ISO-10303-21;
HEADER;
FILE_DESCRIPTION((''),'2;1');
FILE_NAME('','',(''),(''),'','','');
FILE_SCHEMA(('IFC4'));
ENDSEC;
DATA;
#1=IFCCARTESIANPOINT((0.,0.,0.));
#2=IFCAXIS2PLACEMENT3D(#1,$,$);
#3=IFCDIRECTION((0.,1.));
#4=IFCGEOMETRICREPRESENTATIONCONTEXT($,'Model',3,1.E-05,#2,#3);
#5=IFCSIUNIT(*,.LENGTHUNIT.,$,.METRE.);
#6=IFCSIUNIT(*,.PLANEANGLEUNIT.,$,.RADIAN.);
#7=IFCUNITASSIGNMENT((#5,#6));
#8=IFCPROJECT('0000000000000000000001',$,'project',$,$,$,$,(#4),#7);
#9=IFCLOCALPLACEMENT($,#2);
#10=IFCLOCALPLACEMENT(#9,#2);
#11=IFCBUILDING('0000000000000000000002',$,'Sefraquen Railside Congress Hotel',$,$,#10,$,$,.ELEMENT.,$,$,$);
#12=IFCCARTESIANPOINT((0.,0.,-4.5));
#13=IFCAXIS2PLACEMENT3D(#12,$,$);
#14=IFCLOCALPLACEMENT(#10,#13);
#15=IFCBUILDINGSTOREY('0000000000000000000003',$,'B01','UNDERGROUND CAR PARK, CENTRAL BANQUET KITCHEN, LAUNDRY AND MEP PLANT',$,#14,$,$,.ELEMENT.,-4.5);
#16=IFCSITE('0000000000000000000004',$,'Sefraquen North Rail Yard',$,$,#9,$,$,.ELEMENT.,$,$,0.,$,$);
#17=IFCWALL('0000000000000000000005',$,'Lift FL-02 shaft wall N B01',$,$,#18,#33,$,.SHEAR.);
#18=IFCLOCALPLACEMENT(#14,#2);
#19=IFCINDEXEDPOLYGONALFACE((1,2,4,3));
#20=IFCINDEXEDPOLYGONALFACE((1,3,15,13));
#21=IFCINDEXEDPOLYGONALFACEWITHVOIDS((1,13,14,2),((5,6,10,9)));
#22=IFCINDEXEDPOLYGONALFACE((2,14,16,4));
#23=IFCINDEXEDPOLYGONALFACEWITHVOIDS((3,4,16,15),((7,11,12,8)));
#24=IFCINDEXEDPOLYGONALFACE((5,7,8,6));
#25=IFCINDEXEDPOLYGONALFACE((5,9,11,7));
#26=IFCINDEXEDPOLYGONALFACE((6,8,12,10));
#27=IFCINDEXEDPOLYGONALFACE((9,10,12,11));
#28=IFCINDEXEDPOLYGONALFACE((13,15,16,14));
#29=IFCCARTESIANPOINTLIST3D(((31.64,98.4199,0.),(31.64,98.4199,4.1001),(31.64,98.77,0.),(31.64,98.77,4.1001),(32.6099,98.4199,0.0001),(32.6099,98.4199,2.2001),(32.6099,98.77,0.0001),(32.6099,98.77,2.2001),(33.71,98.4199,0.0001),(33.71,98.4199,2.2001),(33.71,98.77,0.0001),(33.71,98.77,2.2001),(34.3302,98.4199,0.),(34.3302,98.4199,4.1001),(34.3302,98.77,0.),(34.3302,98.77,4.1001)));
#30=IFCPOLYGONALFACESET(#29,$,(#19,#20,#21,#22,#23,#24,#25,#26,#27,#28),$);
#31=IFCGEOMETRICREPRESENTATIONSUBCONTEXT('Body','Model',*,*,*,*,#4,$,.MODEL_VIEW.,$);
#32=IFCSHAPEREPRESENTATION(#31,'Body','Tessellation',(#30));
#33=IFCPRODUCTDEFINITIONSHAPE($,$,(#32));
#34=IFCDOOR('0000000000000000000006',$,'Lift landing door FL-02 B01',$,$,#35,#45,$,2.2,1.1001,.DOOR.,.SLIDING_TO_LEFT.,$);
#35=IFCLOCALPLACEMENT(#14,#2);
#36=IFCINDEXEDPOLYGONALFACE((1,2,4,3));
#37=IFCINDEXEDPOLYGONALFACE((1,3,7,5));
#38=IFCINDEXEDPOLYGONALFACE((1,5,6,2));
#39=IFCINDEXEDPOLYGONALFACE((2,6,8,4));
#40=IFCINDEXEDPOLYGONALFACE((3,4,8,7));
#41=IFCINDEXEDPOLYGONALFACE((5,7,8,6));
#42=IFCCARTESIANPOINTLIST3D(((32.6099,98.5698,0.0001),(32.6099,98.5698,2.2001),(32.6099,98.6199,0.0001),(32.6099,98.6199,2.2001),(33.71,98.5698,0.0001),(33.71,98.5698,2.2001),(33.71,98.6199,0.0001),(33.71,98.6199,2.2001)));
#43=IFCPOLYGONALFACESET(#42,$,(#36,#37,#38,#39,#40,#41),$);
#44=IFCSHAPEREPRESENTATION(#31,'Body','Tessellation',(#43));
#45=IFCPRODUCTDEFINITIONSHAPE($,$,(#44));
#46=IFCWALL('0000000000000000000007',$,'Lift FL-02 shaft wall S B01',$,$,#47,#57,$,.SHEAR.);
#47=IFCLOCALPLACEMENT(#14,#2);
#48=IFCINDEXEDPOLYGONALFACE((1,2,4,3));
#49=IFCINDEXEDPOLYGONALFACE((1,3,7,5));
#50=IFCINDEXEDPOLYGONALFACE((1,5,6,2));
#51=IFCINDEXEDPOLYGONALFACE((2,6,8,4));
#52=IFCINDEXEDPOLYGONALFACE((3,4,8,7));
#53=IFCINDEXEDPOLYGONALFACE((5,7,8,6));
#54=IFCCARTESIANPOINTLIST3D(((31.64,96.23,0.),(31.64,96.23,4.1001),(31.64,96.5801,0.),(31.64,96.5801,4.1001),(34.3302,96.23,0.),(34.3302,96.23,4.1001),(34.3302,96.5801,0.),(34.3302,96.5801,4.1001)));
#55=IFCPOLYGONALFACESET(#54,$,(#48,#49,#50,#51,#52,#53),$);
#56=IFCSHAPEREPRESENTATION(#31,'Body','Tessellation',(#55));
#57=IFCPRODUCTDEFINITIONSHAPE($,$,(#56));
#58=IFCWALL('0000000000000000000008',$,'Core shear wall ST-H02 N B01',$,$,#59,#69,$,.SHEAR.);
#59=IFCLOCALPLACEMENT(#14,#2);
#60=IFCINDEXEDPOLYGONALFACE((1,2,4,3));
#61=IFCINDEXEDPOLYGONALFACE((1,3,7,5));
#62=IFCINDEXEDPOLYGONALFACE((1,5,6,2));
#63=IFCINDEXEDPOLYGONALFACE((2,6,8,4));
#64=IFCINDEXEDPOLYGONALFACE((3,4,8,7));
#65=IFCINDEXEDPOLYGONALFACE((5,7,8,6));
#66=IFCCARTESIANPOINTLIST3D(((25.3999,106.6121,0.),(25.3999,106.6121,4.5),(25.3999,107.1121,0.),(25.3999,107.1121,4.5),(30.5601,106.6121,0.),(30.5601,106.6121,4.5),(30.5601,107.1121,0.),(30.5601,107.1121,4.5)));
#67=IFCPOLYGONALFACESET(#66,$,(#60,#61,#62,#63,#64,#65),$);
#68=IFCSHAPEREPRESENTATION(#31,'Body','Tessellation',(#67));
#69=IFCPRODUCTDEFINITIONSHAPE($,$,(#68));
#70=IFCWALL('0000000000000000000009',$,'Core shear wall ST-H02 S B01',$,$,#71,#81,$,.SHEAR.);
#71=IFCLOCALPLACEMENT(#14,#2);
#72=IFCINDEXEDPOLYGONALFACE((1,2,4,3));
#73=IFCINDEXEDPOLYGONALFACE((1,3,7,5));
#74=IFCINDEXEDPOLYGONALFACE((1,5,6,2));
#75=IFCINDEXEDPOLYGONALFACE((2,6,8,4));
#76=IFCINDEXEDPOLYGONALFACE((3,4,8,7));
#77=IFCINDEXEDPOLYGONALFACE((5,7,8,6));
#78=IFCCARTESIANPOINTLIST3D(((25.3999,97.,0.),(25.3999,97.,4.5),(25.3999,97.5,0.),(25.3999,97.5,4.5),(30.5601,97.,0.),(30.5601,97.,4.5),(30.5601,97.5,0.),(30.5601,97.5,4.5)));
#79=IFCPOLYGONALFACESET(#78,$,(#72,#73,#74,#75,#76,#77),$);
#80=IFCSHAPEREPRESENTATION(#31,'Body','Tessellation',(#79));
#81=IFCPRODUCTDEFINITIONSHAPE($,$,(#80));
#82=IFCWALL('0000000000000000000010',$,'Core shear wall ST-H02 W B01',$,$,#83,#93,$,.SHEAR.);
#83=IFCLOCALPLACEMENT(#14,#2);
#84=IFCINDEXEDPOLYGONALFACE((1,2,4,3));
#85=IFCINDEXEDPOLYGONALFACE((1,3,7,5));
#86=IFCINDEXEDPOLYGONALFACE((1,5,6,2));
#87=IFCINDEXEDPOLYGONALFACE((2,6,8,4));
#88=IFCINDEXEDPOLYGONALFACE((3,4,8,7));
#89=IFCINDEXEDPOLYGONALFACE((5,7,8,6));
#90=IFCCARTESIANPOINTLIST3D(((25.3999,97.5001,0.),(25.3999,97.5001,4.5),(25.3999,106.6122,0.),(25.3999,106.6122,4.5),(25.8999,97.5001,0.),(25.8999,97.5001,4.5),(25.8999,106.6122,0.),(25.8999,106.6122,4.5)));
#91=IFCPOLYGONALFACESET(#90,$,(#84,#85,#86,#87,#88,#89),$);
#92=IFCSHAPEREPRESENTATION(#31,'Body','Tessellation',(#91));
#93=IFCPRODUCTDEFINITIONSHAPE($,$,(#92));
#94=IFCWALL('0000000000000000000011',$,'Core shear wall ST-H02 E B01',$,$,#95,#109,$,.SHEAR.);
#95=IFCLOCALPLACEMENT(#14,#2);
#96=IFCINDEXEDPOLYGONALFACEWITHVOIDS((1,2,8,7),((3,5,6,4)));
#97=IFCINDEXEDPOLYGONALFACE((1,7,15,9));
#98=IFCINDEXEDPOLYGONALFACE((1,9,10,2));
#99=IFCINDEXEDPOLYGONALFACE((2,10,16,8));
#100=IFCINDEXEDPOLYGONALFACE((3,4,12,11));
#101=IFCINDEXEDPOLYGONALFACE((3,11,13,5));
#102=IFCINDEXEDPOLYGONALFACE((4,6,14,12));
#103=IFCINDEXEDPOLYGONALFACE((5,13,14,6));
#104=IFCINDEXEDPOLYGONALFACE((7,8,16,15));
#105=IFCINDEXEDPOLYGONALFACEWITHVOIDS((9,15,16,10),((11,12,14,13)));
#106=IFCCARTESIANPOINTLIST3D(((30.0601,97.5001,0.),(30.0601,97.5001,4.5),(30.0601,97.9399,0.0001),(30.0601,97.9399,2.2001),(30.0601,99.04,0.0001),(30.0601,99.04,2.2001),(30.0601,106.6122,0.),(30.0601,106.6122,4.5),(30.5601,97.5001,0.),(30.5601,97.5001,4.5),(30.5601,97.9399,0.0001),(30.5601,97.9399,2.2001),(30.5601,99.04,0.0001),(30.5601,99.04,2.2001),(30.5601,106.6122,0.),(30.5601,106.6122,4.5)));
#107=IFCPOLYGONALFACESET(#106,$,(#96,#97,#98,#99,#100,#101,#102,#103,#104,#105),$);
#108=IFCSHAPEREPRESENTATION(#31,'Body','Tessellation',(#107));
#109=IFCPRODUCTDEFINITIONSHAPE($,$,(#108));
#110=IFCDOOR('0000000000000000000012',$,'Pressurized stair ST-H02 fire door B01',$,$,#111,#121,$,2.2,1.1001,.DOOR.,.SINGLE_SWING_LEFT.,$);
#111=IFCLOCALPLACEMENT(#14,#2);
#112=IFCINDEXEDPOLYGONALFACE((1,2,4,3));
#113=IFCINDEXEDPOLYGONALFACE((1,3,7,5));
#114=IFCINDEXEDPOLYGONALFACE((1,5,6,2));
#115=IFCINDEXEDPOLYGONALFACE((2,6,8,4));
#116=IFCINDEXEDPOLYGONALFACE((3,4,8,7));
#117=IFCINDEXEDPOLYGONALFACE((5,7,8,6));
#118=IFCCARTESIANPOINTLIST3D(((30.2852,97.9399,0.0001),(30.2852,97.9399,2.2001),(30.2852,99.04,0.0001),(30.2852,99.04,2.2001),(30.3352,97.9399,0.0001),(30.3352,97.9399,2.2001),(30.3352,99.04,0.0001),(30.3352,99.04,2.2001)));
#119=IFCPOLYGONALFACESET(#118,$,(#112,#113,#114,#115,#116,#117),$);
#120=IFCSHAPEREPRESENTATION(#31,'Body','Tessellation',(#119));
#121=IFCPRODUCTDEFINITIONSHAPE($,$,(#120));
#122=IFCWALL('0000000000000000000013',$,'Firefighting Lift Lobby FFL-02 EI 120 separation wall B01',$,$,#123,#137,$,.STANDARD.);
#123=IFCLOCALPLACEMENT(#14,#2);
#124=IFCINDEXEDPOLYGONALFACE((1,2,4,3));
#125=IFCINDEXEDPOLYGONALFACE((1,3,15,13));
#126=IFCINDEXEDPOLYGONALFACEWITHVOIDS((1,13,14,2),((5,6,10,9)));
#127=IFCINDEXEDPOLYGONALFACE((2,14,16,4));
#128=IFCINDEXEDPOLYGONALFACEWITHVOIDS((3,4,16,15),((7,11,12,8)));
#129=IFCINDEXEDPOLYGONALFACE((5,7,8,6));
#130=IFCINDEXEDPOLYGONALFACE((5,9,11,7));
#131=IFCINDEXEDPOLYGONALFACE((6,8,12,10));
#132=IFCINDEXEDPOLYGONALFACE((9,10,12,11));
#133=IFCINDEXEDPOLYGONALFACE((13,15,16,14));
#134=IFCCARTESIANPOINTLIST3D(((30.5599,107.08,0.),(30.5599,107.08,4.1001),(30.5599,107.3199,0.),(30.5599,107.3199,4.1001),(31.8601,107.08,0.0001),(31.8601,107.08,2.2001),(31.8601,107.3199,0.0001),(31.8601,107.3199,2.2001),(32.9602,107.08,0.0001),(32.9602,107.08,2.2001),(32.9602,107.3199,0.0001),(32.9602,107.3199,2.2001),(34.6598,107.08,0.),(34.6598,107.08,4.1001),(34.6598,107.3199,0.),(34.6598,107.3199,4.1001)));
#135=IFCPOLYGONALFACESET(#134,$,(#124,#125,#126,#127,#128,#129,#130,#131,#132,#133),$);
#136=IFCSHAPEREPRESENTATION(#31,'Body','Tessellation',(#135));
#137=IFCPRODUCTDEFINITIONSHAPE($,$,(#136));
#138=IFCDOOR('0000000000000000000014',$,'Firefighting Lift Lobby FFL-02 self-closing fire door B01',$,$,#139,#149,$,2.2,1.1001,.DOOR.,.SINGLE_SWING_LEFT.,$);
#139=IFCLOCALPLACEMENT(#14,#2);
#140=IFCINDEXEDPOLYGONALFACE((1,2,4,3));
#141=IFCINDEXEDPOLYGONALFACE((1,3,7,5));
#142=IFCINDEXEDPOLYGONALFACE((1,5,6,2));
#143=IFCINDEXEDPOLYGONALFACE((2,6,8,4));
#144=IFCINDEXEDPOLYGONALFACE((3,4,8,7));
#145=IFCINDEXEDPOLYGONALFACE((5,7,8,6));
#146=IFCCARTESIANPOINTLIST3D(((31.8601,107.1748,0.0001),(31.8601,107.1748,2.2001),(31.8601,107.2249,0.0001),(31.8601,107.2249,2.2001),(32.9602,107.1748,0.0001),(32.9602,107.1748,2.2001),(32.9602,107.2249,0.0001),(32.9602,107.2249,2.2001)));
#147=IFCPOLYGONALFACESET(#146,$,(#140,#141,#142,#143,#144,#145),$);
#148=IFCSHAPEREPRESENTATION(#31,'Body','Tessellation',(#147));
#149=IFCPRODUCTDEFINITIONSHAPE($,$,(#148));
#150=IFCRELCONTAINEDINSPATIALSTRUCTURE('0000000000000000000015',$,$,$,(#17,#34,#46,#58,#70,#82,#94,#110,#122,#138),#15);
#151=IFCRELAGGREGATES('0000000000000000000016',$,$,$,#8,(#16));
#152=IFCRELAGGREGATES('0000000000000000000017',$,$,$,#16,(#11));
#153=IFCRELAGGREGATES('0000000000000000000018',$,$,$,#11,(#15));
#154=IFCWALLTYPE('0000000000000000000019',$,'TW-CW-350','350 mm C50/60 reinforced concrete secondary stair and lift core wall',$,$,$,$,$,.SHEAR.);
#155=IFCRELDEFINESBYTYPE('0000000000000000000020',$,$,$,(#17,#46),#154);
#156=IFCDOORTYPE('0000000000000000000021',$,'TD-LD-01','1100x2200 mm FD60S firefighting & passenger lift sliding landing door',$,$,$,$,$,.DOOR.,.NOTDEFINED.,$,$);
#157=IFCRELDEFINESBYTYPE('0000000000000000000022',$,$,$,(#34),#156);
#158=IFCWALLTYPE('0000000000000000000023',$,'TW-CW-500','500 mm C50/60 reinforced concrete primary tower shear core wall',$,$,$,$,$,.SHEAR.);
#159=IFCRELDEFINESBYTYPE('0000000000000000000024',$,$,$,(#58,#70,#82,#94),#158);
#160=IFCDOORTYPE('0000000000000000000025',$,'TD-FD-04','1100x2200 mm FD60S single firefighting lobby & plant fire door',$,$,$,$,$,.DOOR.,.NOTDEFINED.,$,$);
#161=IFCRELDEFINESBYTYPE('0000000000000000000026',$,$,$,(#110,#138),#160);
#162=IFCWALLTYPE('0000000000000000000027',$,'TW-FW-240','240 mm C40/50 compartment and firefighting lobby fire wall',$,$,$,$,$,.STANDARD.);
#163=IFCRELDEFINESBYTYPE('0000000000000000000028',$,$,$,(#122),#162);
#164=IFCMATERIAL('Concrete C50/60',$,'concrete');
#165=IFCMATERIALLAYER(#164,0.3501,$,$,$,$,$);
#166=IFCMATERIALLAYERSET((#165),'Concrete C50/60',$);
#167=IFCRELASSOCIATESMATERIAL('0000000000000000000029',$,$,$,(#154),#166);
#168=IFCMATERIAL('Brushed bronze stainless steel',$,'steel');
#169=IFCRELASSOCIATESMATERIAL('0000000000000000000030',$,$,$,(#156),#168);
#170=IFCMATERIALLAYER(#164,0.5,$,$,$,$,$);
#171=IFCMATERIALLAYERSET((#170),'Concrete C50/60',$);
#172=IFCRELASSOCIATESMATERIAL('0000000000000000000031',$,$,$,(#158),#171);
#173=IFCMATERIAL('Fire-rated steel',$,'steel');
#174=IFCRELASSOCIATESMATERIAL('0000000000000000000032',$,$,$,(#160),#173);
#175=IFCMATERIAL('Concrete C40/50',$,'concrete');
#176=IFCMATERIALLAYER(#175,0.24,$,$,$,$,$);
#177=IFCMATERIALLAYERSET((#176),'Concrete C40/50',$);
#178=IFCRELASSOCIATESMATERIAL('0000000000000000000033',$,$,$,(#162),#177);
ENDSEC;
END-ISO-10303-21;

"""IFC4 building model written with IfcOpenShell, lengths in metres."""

from ifc_helpers import new_model, si_unit, direction, frame, frame_2d, origin, place, context, subcontext, project, spatial, rectangle, extrude, material, layer, layer_set, type_object, element, fill, save


model = new_model("IFC4")

# Units and contexts
model_context = context("Model", 3, precision=1e-05, world=origin(), true_north=direction((0.0, 1.0)))
body_context = subcontext(model_context, "Body", "Model", "MODEL_VIEW")
ifc_project = project(units=[si_unit("LENGTHUNIT", "METRE"), si_unit("PLANEANGLEUNIT", "RADIAN")], contexts=[model_context])

# Site, building, storey
site_placement = place(None, origin())
site = spatial("IfcSite", under=ifc_project, at=site_placement, Name="Sefraquen North Rail Yard", CompositionType="ELEMENT", RefElevation=0.0)
building_placement = place(site_placement, origin())
building = spatial("IfcBuilding", under=site, at=building_placement, Name="Sefraquen Railside Congress Hotel", CompositionType="ELEMENT")
storey_placement = place(building_placement, frame((0.0, 0.0, -4.5)))
storey = spatial("IfcBuildingStorey", under=building, at=storey_placement, Name="B01", Description="UNDERGROUND CAR PARK, CENTRAL BANQUET KITCHEN, LAUNDRY AND MEP PLANT", CompositionType="ELEMENT", Elevation=-4.5)

# Shared definitions
ifc_material_1 = material(Name="Concrete C50/60", Category="concrete")

# Wall, opening, door
ifc_layer_1 = layer(ifc_material_1, 0.3501)
ifc_layer_set_1 = layer_set([ifc_layer_1], Name="Concrete C50/60")
wall_type_1 = type_object("IfcWallType", Name="TW-CW-350", Description="350 mm C50/60 reinforced concrete secondary stair and lift core wall", PredefinedType="SHEAR", material=ifc_layer_set_1)
wall_1_placement = place(storey_placement, frame((31.6399, 98.595, 0.0), z_axis=(0.0, 0.0, 1.0), x_axis=(1.0, 0.0, 0.0)))
wall_1 = element("IfcWall", 1, at=wall_1_placement, inside=storey, type_object=wall_type_1, Name="Lift FL-02 shaft wall N B01", PredefinedType="SHEAR", context=body_context, shape_type="SweptSolid", body=[
    extrude(rectangle(XDim=2.6902, YDim=0.3501, at=frame_2d((1.3452, 0.0))), origin(), (0.0, 0.0, 1.0), 4.1001),
])
opening_1_placement = place(wall_1_placement, frame((0.97, 0.0, 0.0)))
opening_1 = element("IfcOpeningElement", 2, at=opening_1_placement, cuts=wall_1, PredefinedType="OPENING", context=body_context, shape_type="SweptSolid", body=[
    extrude(rectangle(XDim=1.1001, YDim=2.2, at=frame_2d((0.55, 1.1001))), frame((0.0, 0.1851, 0.0), z_axis=(0.0, -1.0, 0.0), x_axis=(1.0, 0.0, 0.0)), (0.0, 0.0, 1.0), 0.3701),
])
ifc_material_2 = material(Name="Brushed bronze stainless steel", Category="steel")
door_type_1 = type_object("IfcDoorType", Name="TD-LD-01", Description="1100x2200 mm FD60S firefighting & passenger lift sliding landing door", OperationType="NOTDEFINED", PredefinedType="DOOR", material=ifc_material_2)
door_1_placement = place(opening_1_placement, origin())
door_1 = element("IfcDoor", 3, at=door_1_placement, inside=storey, type_object=door_type_1, Name="Lift landing door FL-02 B01", OperationType="SLIDING_TO_LEFT", OverallHeight=2.2, OverallWidth=1.1001, PredefinedType="DOOR", context=body_context, shape_type="SweptSolid", body=[
    extrude(rectangle(XDim=1.1001, YDim=2.2, at=frame_2d((0.55, 1.1001))), frame((0.0, 0.0249, 0.0), z_axis=(0.0, -1.0, 0.0), x_axis=(1.0, 0.0, 0.0)), (0.0, 0.0, 1.0), 0.05),
])
fill(opening_1, door_1)

# Walls
wall_2_placement = place(storey_placement, frame((31.6399, 96.405, 0.0), z_axis=(0.0, 0.0, 1.0), x_axis=(1.0, 0.0, 0.0)))
element("IfcWall", 4, at=wall_2_placement, inside=storey, type_object=wall_type_1, Name="Lift FL-02 shaft wall S B01", PredefinedType="SHEAR", context=body_context, shape_type="SweptSolid", body=[
    extrude(rectangle(XDim=2.6902, YDim=0.3501, at=frame_2d((1.3452, 0.0))), origin(), (0.0, 0.0, 1.0), 4.1001),
])
ifc_layer_2 = layer(ifc_material_1, 0.5)
ifc_layer_set_2 = layer_set([ifc_layer_2], Name="Concrete C50/60")
wall_type_2 = type_object("IfcWallType", Name="TW-CW-500", Description="500 mm C50/60 reinforced concrete primary tower shear core wall", PredefinedType="SHEAR", material=ifc_layer_set_2)
for number, where, z_axis, x_axis, name in (
    (5, (25.3999, 106.8621, 0.0), (0.0, 0.0, 1.0), (1.0, 0.0, 0.0), "Core shear wall ST-H02 N B01"),
    (6, (25.3999, 97.25, 0.0), (0.0, 0.0, 1.0), (1.0, 0.0, 0.0), "Core shear wall ST-H02 S B01"),
):
    element("IfcWall", number, at=place(storey_placement, frame(where, z_axis=z_axis, x_axis=x_axis)), inside=storey, type_object=wall_type_2, Name=name, PredefinedType="SHEAR", context=body_context, shape_type="SweptSolid", body=[
        extrude(rectangle(XDim=5.1602, YDim=0.5, at=frame_2d((2.5801, 0.0))), origin(), (0.0, 0.0, 1.0), 4.5),
    ])
wall_3_placement = place(storey_placement, frame((25.6499, 97.5, 0.0), z_axis=(0.0, 0.0, 1.0), x_axis=(0.0, 1.0, 0.0)))
element("IfcWall", 7, at=wall_3_placement, inside=storey, type_object=wall_type_2, Name="Core shear wall ST-H02 W B01", PredefinedType="SHEAR", context=body_context, shape_type="SweptSolid", body=[
    extrude(rectangle(XDim=9.1121, YDim=0.5, at=frame_2d((4.5562, 0.0))), origin(), (0.0, 0.0, 1.0), 4.5),
])

# Walls, openings, doors
wall_4_placement = place(storey_placement, frame((30.3101, 97.5, 0.0), z_axis=(0.0, 0.0, 1.0), x_axis=(0.0, 1.0, 0.0)))
wall_4 = element("IfcWall", 8, at=wall_4_placement, inside=storey, type_object=wall_type_2, Name="Core shear wall ST-H02 E B01", PredefinedType="SHEAR", context=body_context, shape_type="SweptSolid", body=[
    extrude(rectangle(XDim=9.1121, YDim=0.5, at=frame_2d((4.5562, 0.0))), origin(), (0.0, 0.0, 1.0), 4.5),
])
opening_2_placement = place(wall_4_placement, frame((0.4399, 0.0, 0.0)))
opening_2 = element("IfcOpeningElement", 9, at=opening_2_placement, cuts=wall_4, PredefinedType="OPENING", context=body_context, shape_type="SweptSolid", body=[
    extrude(rectangle(XDim=1.1001, YDim=2.2, at=frame_2d((0.55, 1.1001))), frame((0.0, 0.26, 0.0), z_axis=(0.0, -1.0, 0.0), x_axis=(1.0, 0.0, 0.0)), (0.0, 0.0, 1.0), 0.52),
])
ifc_material_3 = material(Name="Fire-rated steel", Category="steel")
door_type_2 = type_object("IfcDoorType", Name="TD-FD-04", Description="1100x2200 mm FD60S single firefighting lobby & plant fire door", OperationType="NOTDEFINED", PredefinedType="DOOR", material=ifc_material_3)
door_2_placement = place(opening_2_placement, origin())
door_2 = element("IfcDoor", 10, at=door_2_placement, inside=storey, type_object=door_type_2, Name="Pressurized stair ST-H02 fire door B01", OperationType="SINGLE_SWING_LEFT", OverallHeight=2.2, OverallWidth=1.1001, PredefinedType="DOOR", context=body_context, shape_type="SweptSolid", body=[
    extrude(rectangle(XDim=1.1001, YDim=2.2, at=frame_2d((0.55, 1.1001))), frame((0.0, 0.0249, 0.0), z_axis=(0.0, -1.0, 0.0), x_axis=(1.0, 0.0, 0.0)), (0.0, 0.0, 1.0), 0.05),
])
fill(opening_2, door_2)
ifc_material_4 = material(Name="Concrete C40/50", Category="concrete")
ifc_layer_3 = layer(ifc_material_4, 0.24)
ifc_layer_set_3 = layer_set([ifc_layer_3], Name="Concrete C40/50")
wall_type_3 = type_object("IfcWallType", Name="TW-FW-240", Description="240 mm C40/50 compartment and firefighting lobby fire wall", PredefinedType="STANDARD", material=ifc_layer_set_3)
wall_5_placement = place(storey_placement, frame((30.5601, 107.2, 0.0), z_axis=(0.0, 0.0, 1.0), x_axis=(1.0, 0.0, 0.0)))
wall_5 = element("IfcWall", 11, at=wall_5_placement, inside=storey, type_object=wall_type_3, Name="Firefighting Lift Lobby FFL-02 EI 120 separation wall B01", PredefinedType="STANDARD", context=body_context, shape_type="SweptSolid", body=[
    extrude(rectangle(XDim=4.0999, YDim=0.24, at=frame_2d((2.0498, 0.0))), origin(), (0.0, 0.0, 1.0), 4.1001),
])
opening_3_placement = place(wall_5_placement, frame((1.3, 0.0, 0.0)))
opening_3 = element("IfcOpeningElement", 12, at=opening_3_placement, cuts=wall_5, PredefinedType="OPENING", context=body_context, shape_type="SweptSolid", body=[
    extrude(rectangle(XDim=1.1001, YDim=2.2, at=frame_2d((0.55, 1.1001))), frame((0.0, 0.1299, 0.0), z_axis=(0.0, -1.0, 0.0), x_axis=(1.0, 0.0, 0.0)), (0.0, 0.0, 1.0), 0.26),
])
door_3_placement = place(opening_3_placement, origin())
door_3 = element("IfcDoor", 13, at=door_3_placement, inside=storey, type_object=door_type_2, Name="Firefighting Lift Lobby FFL-02 self-closing fire door B01", OperationType="SINGLE_SWING_LEFT", OverallHeight=2.2, OverallWidth=1.1001, PredefinedType="DOOR", context=body_context, shape_type="SweptSolid", body=[
    extrude(rectangle(XDim=1.1001, YDim=2.2, at=frame_2d((0.55, 1.1001))), frame((0.0, 0.0249, 0.0), z_axis=(0.0, -1.0, 0.0), x_axis=(1.0, 0.0, 0.0)), (0.0, 0.0, 1.0), 0.05),
])
fill(opening_3, door_3)

save(model, "model.ifc")
